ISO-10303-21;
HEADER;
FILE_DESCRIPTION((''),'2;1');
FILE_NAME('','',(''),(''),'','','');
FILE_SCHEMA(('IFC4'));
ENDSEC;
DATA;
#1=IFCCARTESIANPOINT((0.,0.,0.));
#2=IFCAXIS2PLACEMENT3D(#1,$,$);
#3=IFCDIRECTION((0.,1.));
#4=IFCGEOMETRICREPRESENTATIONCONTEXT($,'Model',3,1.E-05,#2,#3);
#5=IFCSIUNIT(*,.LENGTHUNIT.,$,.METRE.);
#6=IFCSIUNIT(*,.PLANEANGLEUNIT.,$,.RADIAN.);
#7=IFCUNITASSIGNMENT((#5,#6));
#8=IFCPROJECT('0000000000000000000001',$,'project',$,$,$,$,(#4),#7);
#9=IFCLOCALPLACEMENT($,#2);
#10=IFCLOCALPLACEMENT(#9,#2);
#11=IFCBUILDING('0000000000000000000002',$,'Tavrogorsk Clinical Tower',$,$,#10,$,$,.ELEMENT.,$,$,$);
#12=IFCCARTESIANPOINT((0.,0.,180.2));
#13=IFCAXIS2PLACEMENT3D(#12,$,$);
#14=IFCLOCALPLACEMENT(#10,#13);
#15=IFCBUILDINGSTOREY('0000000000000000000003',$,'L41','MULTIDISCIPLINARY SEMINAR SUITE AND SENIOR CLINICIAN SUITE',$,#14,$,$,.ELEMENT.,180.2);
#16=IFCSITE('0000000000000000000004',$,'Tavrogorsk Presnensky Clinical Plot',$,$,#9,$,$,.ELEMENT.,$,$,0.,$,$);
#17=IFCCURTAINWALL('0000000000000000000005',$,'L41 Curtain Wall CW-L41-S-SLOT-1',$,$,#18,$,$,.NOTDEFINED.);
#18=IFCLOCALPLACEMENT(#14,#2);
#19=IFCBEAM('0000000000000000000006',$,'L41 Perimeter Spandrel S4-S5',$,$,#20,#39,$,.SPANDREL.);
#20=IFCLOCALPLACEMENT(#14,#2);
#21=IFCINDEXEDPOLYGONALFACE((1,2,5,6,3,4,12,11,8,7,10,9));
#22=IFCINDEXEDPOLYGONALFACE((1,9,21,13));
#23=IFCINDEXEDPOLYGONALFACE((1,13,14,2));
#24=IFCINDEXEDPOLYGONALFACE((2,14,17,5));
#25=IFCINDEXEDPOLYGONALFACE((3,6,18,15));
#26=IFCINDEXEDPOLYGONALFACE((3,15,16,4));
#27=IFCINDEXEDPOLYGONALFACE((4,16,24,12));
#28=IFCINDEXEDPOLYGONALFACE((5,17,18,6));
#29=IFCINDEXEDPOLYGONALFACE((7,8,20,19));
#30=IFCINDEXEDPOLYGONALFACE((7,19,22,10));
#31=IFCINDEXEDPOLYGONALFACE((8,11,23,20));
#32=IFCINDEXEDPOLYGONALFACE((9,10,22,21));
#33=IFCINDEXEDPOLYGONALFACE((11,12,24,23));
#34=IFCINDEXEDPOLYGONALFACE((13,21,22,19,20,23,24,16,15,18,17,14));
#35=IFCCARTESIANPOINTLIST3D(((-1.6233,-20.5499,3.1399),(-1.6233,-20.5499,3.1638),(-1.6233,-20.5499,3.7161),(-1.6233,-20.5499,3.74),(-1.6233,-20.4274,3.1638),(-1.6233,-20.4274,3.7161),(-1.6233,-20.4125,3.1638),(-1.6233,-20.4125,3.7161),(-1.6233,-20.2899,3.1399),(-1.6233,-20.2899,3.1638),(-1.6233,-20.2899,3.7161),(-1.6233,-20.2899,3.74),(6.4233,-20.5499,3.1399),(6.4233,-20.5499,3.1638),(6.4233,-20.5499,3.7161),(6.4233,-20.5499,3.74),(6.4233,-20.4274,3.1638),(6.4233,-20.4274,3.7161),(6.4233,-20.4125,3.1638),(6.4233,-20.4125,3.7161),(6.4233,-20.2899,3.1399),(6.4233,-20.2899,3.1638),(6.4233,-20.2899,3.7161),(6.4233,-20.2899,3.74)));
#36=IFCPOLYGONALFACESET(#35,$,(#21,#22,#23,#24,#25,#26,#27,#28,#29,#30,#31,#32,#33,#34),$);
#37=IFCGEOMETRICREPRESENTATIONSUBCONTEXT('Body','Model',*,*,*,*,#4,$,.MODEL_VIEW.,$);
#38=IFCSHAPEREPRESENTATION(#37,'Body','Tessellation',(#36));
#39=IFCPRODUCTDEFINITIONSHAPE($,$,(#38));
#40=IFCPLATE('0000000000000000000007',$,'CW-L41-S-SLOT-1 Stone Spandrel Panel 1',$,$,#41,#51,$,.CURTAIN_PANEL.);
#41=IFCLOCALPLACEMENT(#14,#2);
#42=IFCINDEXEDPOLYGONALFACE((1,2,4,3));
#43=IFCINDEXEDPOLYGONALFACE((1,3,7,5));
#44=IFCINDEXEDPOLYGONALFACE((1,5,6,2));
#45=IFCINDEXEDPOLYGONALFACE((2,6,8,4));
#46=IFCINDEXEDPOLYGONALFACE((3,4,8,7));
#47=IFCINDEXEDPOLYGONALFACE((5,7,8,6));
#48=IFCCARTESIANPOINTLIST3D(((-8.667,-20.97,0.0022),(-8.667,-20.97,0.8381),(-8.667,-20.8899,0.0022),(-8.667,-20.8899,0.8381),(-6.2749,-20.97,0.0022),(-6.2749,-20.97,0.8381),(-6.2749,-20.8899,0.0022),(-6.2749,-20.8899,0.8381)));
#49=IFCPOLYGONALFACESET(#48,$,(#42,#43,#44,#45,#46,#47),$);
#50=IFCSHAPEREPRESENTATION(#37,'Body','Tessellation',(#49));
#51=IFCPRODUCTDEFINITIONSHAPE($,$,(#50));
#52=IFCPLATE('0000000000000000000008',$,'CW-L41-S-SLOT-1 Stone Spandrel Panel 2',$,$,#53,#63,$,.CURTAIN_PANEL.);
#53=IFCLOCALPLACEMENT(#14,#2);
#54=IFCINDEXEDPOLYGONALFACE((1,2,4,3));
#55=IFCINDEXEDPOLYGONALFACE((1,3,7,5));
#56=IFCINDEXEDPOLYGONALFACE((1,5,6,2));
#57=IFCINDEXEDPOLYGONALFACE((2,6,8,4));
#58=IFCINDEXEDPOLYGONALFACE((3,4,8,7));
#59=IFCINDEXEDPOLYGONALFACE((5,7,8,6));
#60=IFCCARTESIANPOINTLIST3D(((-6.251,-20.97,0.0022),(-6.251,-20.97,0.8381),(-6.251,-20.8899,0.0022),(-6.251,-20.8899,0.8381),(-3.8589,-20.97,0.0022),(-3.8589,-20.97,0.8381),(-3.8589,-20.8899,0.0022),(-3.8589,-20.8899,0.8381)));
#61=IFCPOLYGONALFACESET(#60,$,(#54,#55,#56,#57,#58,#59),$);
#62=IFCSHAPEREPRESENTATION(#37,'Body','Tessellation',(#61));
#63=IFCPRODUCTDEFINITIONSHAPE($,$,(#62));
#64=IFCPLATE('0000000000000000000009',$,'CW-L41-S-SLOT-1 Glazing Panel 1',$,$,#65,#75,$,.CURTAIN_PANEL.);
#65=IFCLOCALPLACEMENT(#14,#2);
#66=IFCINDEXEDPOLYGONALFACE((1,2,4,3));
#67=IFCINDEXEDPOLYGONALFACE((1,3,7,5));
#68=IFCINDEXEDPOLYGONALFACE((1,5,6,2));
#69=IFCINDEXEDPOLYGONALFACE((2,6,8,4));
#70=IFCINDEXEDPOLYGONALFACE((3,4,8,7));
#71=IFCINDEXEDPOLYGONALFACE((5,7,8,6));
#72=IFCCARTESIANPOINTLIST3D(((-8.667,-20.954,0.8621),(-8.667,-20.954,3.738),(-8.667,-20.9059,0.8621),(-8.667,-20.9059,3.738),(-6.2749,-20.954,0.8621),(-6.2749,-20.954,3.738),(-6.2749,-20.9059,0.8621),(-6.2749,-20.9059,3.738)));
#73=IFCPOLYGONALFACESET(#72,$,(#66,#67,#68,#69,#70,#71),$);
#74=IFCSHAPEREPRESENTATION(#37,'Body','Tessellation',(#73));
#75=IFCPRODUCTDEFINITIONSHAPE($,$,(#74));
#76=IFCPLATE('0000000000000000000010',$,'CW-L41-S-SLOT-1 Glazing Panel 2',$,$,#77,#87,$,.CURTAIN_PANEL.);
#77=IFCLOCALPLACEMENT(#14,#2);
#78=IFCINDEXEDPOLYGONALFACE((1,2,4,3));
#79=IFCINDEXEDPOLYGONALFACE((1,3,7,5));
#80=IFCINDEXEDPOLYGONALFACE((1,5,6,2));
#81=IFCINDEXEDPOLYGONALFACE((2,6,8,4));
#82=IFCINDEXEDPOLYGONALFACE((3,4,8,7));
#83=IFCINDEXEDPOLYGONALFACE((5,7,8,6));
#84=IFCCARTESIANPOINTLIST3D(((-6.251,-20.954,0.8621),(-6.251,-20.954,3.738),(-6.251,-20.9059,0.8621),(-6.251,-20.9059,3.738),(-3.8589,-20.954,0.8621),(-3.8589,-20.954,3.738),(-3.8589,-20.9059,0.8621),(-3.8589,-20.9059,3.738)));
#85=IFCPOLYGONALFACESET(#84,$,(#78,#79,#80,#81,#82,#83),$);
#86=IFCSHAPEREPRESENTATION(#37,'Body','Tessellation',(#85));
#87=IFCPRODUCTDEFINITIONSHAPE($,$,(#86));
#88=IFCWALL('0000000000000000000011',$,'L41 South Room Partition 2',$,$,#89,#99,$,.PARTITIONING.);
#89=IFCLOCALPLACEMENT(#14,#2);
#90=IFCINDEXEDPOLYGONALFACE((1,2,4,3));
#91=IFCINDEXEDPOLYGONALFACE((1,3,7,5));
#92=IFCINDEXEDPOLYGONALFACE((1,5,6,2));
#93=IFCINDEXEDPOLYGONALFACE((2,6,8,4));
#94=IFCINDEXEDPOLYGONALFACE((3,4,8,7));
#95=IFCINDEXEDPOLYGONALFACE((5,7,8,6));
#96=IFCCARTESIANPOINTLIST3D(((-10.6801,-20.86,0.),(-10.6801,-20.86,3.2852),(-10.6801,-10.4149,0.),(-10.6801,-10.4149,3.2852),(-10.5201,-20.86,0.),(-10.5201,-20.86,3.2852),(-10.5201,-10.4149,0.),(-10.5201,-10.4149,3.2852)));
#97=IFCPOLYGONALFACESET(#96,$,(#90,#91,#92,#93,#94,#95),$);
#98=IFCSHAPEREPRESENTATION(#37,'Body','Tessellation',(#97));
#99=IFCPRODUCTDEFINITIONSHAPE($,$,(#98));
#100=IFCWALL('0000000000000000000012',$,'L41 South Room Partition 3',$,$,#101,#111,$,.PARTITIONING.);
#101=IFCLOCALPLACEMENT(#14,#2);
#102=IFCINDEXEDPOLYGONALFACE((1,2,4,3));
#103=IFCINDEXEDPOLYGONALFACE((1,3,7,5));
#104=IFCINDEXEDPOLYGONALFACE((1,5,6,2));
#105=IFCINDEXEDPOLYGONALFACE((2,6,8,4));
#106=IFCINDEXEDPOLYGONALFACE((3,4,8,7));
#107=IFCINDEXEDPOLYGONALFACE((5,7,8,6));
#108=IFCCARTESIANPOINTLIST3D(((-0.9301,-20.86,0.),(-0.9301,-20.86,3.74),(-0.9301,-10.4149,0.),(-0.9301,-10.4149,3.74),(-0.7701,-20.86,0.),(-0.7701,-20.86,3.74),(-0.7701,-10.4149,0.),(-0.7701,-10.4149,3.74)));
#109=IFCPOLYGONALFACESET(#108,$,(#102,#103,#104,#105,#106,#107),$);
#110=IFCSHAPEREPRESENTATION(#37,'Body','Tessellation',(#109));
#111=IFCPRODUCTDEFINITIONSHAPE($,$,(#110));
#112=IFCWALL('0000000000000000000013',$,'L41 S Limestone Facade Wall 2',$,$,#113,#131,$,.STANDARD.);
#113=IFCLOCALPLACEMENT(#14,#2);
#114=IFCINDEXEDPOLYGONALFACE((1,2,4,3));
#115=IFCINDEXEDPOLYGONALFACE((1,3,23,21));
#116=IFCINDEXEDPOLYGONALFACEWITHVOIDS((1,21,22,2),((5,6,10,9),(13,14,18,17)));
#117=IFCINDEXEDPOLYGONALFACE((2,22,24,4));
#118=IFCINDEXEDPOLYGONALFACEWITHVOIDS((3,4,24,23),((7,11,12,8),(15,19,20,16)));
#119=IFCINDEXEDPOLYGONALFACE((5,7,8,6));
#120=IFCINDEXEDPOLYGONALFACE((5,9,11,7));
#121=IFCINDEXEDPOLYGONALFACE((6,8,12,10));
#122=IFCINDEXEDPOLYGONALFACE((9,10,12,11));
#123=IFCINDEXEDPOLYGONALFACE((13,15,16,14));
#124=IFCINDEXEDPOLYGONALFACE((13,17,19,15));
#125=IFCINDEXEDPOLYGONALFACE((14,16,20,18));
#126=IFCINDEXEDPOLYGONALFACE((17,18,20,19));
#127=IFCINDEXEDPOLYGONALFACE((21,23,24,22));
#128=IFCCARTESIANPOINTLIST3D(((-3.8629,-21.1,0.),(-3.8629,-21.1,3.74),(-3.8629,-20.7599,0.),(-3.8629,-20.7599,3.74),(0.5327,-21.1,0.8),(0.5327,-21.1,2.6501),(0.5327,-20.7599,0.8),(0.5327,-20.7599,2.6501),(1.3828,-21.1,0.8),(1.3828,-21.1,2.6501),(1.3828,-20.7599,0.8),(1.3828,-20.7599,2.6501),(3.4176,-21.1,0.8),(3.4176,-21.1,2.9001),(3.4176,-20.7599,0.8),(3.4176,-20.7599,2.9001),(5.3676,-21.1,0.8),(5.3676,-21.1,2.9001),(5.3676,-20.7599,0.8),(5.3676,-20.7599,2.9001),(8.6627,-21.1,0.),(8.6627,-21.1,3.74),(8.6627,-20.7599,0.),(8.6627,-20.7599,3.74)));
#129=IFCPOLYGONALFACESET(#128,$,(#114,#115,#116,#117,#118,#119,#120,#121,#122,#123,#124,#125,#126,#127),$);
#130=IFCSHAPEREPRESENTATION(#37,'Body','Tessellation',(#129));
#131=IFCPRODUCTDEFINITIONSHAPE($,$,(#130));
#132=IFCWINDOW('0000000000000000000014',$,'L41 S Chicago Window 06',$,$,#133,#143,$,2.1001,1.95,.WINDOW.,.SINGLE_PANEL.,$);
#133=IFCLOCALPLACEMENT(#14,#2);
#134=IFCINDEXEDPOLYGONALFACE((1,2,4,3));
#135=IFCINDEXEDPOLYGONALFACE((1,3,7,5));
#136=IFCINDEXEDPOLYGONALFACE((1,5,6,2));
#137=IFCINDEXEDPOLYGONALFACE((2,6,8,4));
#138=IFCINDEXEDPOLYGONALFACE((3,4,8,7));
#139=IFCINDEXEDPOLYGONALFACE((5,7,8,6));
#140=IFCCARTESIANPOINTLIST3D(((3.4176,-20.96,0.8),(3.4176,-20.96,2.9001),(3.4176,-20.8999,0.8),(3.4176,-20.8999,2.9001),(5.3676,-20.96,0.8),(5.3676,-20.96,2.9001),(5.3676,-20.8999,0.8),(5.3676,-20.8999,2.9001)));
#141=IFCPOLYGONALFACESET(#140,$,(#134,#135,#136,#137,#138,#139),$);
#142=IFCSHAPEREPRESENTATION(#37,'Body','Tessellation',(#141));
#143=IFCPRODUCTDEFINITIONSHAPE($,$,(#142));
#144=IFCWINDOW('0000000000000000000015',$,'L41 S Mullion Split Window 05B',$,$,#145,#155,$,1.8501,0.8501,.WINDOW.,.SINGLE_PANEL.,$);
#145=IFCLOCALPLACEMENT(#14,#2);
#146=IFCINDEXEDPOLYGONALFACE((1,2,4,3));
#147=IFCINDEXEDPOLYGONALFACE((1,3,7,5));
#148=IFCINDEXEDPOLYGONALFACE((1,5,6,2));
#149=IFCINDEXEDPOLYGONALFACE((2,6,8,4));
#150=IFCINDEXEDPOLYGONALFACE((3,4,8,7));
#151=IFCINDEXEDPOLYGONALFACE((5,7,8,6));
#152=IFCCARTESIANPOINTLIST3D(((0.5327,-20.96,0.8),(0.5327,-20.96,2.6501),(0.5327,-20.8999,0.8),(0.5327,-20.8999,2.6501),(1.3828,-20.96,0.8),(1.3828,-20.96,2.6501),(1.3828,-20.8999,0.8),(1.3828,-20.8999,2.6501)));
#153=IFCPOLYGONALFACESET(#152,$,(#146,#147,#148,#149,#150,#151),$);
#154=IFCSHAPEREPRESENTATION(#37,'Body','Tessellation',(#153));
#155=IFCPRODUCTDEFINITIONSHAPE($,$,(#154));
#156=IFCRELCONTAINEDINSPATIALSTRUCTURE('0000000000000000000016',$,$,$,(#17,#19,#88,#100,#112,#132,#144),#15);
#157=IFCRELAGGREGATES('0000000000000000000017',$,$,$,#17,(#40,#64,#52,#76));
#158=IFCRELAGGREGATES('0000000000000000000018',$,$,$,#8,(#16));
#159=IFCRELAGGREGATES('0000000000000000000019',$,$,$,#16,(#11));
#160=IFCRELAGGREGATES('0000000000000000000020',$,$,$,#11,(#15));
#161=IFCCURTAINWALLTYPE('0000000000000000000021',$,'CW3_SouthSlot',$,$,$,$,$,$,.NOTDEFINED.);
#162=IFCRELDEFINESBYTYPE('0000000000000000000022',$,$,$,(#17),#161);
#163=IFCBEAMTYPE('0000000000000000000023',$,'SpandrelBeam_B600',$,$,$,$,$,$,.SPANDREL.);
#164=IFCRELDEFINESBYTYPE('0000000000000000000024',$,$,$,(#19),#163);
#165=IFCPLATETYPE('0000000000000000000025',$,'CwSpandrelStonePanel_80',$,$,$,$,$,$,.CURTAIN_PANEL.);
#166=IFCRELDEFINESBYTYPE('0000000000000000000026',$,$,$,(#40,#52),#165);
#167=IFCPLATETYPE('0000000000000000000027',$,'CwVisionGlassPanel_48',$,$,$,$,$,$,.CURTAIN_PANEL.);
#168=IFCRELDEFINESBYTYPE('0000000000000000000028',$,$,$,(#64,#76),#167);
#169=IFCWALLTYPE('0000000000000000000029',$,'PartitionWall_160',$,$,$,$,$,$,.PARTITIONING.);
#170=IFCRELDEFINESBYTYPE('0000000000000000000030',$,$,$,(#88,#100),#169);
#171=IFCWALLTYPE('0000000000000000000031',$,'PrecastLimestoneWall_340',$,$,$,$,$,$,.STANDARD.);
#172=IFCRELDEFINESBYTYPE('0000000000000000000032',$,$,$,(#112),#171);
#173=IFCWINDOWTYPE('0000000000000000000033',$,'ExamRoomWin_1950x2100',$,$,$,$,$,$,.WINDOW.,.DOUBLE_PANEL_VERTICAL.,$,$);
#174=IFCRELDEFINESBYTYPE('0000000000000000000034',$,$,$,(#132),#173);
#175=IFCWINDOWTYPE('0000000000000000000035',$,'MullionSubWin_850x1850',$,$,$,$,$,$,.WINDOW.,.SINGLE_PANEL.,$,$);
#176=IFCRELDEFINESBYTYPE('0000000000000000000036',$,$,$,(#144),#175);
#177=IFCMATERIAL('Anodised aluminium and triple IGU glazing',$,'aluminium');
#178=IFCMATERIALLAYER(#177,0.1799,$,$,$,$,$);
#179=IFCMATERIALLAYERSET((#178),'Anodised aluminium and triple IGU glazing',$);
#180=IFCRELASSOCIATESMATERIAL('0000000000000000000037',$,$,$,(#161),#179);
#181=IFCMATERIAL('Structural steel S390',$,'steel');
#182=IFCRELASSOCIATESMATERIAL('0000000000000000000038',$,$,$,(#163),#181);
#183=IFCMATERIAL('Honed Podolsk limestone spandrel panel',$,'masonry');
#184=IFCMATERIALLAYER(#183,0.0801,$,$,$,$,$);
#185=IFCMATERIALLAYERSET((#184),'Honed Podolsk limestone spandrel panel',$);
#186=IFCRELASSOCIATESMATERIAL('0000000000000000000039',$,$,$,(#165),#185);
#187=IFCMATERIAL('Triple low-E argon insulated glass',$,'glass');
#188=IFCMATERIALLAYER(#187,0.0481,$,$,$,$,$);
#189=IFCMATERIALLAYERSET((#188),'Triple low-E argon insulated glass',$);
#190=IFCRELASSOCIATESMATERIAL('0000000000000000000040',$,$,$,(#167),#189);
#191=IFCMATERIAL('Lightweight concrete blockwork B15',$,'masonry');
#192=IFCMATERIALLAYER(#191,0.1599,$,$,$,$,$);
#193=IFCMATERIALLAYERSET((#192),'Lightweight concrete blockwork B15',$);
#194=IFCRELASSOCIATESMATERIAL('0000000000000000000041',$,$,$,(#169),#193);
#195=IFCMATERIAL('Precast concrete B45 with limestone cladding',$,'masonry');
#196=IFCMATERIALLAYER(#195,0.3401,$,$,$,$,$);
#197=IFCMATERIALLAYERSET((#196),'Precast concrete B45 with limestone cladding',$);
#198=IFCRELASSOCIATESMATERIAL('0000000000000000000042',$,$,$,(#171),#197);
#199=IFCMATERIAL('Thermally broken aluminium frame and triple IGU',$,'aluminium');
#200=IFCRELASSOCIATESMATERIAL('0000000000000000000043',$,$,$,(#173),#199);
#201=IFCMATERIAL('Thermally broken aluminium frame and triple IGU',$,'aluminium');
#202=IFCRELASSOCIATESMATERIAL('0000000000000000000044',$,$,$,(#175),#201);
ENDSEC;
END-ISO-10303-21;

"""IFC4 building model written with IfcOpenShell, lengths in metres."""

from ifc_helpers import new_model, si_unit, direction, frame, frame_2d, origin, origin_2d, place, context, subcontext, project, spatial, rectangle, i_section, extrude, material, layer, layer_set, material_profile, profile_set, type_object, element, fill, aggregate, save


model = new_model("IFC4")

# Units and contexts
model_context = context("Model", 3, precision=1e-05, world=origin(), true_north=direction((0.0, 1.0)))
body_context = subcontext(model_context, "Body", "Model", "MODEL_VIEW")
ifc_project = project(units=[si_unit("LENGTHUNIT", "METRE"), si_unit("PLANEANGLEUNIT", "RADIAN")], contexts=[model_context])

# Site, building, storey
site_placement = place(None, origin())
site = spatial("IfcSite", under=ifc_project, at=site_placement, Name="Tavrogorsk Presnensky Clinical Plot", CompositionType="ELEMENT", RefElevation=0.0)
building_placement = place(site_placement, origin())
building = spatial("IfcBuilding", under=site, at=building_placement, Name="Tavrogorsk Clinical Tower", CompositionType="ELEMENT")
storey_placement = place(building_placement, frame((0.0, 0.0, 180.2)))
storey = spatial("IfcBuildingStorey", under=building, at=storey_placement, Name="L41", Description="MULTIDISCIPLINARY SEMINAR SUITE AND SENIOR CLINICIAN SUITE", CompositionType="ELEMENT", Elevation=180.2)

# Curtain wall
ifc_material_1 = material(Name="Anodised aluminium and triple IGU glazing", Category="aluminium")
ifc_layer_1 = layer(ifc_material_1, 0.1799)
ifc_layer_set_1 = layer_set([ifc_layer_1], Name="Anodised aluminium and triple IGU glazing")
curtain_wall_type = type_object("IfcCurtainWallType", Name="CW3_SouthSlot", PredefinedType="NOTDEFINED", material=ifc_layer_set_1)
curtain_wall_placement = place(storey_placement, origin())
curtain_wall = element("IfcCurtainWall", 1, at=curtain_wall_placement, inside=storey, type_object=curtain_wall_type, Name="L41 Curtain Wall CW-L41-S-SLOT-1", PredefinedType="NOTDEFINED")

# Beam
ifc_material_2 = material(Name="Structural steel S390", Category="steel")
ifc_material_profile_1 = material_profile(ifc_material_2, i_section(OverallWidth=0.26, OverallDepth=0.6001, WebThickness=0.0149, FlangeThickness=0.0239, at=origin_2d()), Name="B-600x260x15x24")
ifc_profile_set_1 = profile_set([ifc_material_profile_1], Name="Structural steel S390")
beam_type = type_object("IfcBeamType", Name="SpandrelBeam_B600", PredefinedType="SPANDREL", material=ifc_profile_set_1)
beam_1_placement = place(storey_placement, frame((-1.6233, -20.4199, 3.4399), z_axis=(1.0, 0.0, 0.0), x_axis=(0.0, 1.0, 0.0)))
element("IfcBeam", 2, at=beam_1_placement, inside=storey, type_object=beam_type, Name="L41 Perimeter Spandrel S4-S5", PredefinedType="SPANDREL", context=body_context, shape_type="SweptSolid", body=[
    extrude(i_section(OverallWidth=0.26, OverallDepth=0.6001, WebThickness=0.0149, FlangeThickness=0.0239, at=origin_2d()), origin(), (0.0, 0.0, 1.0), 8.0466),
])

# Plates
ifc_material_3 = material(Name="Honed Podolsk limestone spandrel panel", Category="masonry")
ifc_layer_2 = layer(ifc_material_3, 0.0801)
ifc_layer_set_2 = layer_set([ifc_layer_2], Name="Honed Podolsk limestone spandrel panel")
plate_type_1 = type_object("IfcPlateType", Name="CwSpandrelStonePanel_80", PredefinedType="CURTAIN_PANEL", material=ifc_layer_set_2)
plate_1_placement = place(storey_placement, frame((-7.4709, -20.9299, 0.0022), z_axis=(0.0, 0.0, 1.0), x_axis=(1.0, 0.0, 0.0)))
plate_1 = element("IfcPlate", 3, at=plate_1_placement, type_object=plate_type_1, Name="CW-L41-S-SLOT-1 Stone Spandrel Panel 1", PredefinedType="CURTAIN_PANEL", context=body_context, shape_type="SweptSolid", body=[
    extrude(rectangle(XDim=2.3921, YDim=0.0801, at=origin_2d()), origin(), (0.0, 0.0, 1.0), 0.8359),
])
plate_2_placement = place(storey_placement, frame((-5.0549, -20.9299, 0.0022), z_axis=(0.0, 0.0, 1.0), x_axis=(1.0, 0.0, 0.0)))
plate_2 = element("IfcPlate", 4, at=plate_2_placement, type_object=plate_type_1, Name="CW-L41-S-SLOT-1 Stone Spandrel Panel 2", PredefinedType="CURTAIN_PANEL", context=body_context, shape_type="SweptSolid", body=[
    extrude(rectangle(XDim=2.3921, YDim=0.0801, at=origin_2d()), origin(), (0.0, 0.0, 1.0), 0.8359),
])
ifc_material_4 = material(Name="Triple low-E argon insulated glass", Category="glass")
ifc_layer_3 = layer(ifc_material_4, 0.0481)
ifc_layer_set_3 = layer_set([ifc_layer_3], Name="Triple low-E argon insulated glass")
plate_type_2 = type_object("IfcPlateType", Name="CwVisionGlassPanel_48", PredefinedType="CURTAIN_PANEL", material=ifc_layer_set_3)
plate_3_placement = place(storey_placement, frame((-7.4709, -20.9299, 0.8621), z_axis=(0.0, 0.0, 1.0), x_axis=(1.0, 0.0, 0.0)))
plate_3 = element("IfcPlate", 5, at=plate_3_placement, type_object=plate_type_2, Name="CW-L41-S-SLOT-1 Glazing Panel 1", PredefinedType="CURTAIN_PANEL", context=body_context, shape_type="SweptSolid", body=[
    extrude(rectangle(XDim=2.3921, YDim=0.0481, at=origin_2d()), origin(), (0.0, 0.0, 1.0), 2.876),
])
plate_4_placement = place(storey_placement, frame((-5.0549, -20.9299, 0.8621), z_axis=(0.0, 0.0, 1.0), x_axis=(1.0, 0.0, 0.0)))
plate_4 = element("IfcPlate", 6, at=plate_4_placement, type_object=plate_type_2, Name="CW-L41-S-SLOT-1 Glazing Panel 2", PredefinedType="CURTAIN_PANEL", context=body_context, shape_type="SweptSolid", body=[
    extrude(rectangle(XDim=2.3921, YDim=0.0481, at=origin_2d()), origin(), (0.0, 0.0, 1.0), 2.876),
])
aggregate(curtain_wall, [plate_1, plate_3, plate_2, plate_4])

# Walls
ifc_material_5 = material(Name="Lightweight concrete blockwork B15", Category="masonry")
ifc_layer_4 = layer(ifc_material_5, 0.1599)
ifc_layer_set_4 = layer_set([ifc_layer_4], Name="Lightweight concrete blockwork B15")
wall_type_1 = type_object("IfcWallType", Name="PartitionWall_160", PredefinedType="PARTITIONING", material=ifc_layer_set_4)
wall_1_placement = place(storey_placement, frame((-10.6001, -20.8601, 0.0), z_axis=(0.0, 0.0, 1.0), x_axis=(0.0, 1.0, 0.0)))
element("IfcWall", 7, at=wall_1_placement, inside=storey, type_object=wall_type_1, Name="L41 South Room Partition 2", PredefinedType="PARTITIONING", context=body_context, shape_type="SweptSolid", body=[
    extrude(rectangle(XDim=10.4451, YDim=0.1599, at=frame_2d((5.2227, 0.0))), origin(), (0.0, 0.0, 1.0), 3.2852),
])
wall_2_placement = place(storey_placement, frame((-0.8501, -20.8601, 0.0), z_axis=(0.0, 0.0, 1.0), x_axis=(0.0, 1.0, 0.0)))
element("IfcWall", 8, at=wall_2_placement, inside=storey, type_object=wall_type_1, Name="L41 South Room Partition 3", PredefinedType="PARTITIONING", context=body_context, shape_type="SweptSolid", body=[
    extrude(rectangle(XDim=10.4451, YDim=0.1599, at=frame_2d((5.2227, 0.0))), origin(), (0.0, 0.0, 1.0), 3.74),
])

# Wall, openings, windows
ifc_material_6 = material(Name="Precast concrete B45 with limestone cladding", Category="masonry")
ifc_layer_5 = layer(ifc_material_6, 0.3401)
ifc_layer_set_5 = layer_set([ifc_layer_5], Name="Precast concrete B45 with limestone cladding")
wall_type_2 = type_object("IfcWallType", Name="PrecastLimestoneWall_340", PredefinedType="STANDARD", material=ifc_layer_set_5)
wall_3_placement = place(storey_placement, frame((-3.8628, -20.9299, 0.0), z_axis=(0.0, 0.0, 1.0), x_axis=(1.0, 0.0, 0.0)))
wall_3 = element("IfcWall", 9, at=wall_3_placement, inside=storey, type_object=wall_type_2, Name="L41 S Limestone Facade Wall 2", PredefinedType="STANDARD", context=body_context, shape_type="SweptSolid", body=[
    extrude(rectangle(XDim=12.5256, YDim=0.3401, at=frame_2d((6.2627, 0.0))), origin(), (0.0, 0.0, 1.0), 3.74),
])
opening_1_placement = place(wall_3_placement, frame((4.3955, 0.0, 0.8)))
opening_1 = element("IfcOpeningElement", 10, at=opening_1_placement, cuts=wall_3, PredefinedType="OPENING", context=body_context, shape_type="SweptSolid", body=[
    extrude(rectangle(XDim=0.8501, YDim=1.8501, at=frame_2d((0.425, 0.925))), frame((0.0, 0.1799, 0.0), z_axis=(0.0, -1.0, 0.0), x_axis=(1.0, 0.0, 0.0)), (0.0, 0.0, 1.0), 0.3601),
])
opening_2_placement = place(wall_3_placement, frame((7.2803, 0.0, 0.8)))
opening_2 = element("IfcOpeningElement", 11, at=opening_2_placement, cuts=wall_3, PredefinedType="OPENING", context=body_context, shape_type="SweptSolid", body=[
    extrude(rectangle(XDim=1.95, YDim=2.1001, at=frame_2d((0.9751, 1.05))), frame((0.0, 0.1799, 0.0), z_axis=(0.0, -1.0, 0.0), x_axis=(1.0, 0.0, 0.0)), (0.0, 0.0, 1.0), 0.3601),
])
ifc_material_7 = material(Name="Thermally broken aluminium frame and triple IGU", Category="aluminium")
window_type_1 = type_object("IfcWindowType", Name="ExamRoomWin_1950x2100", PartitioningType="DOUBLE_PANEL_VERTICAL", PredefinedType="WINDOW", material=ifc_material_7)
window_1_placement = place(opening_2_placement, origin())
window_1 = element("IfcWindow", 12, at=window_1_placement, inside=storey, type_object=window_type_1, Name="L41 S Chicago Window 06", OverallHeight=2.1001, OverallWidth=1.95, PartitioningType="SINGLE_PANEL", PredefinedType="WINDOW", context=body_context, shape_type="SweptSolid", body=[
    extrude(rectangle(XDim=1.95, YDim=2.1001, at=frame_2d((0.9751, 1.05))), frame((0.0, 0.03, 0.0), z_axis=(0.0, -1.0, 0.0), x_axis=(1.0, 0.0, 0.0)), (0.0, 0.0, 1.0), 0.0601),
])
fill(opening_2, window_1)
ifc_material_8 = material(Name="Thermally broken aluminium frame and triple IGU", Category="aluminium")
window_type_2 = type_object("IfcWindowType", Name="MullionSubWin_850x1850", PartitioningType="SINGLE_PANEL", PredefinedType="WINDOW", material=ifc_material_8)
window_2_placement = place(opening_1_placement, origin())
window_2 = element("IfcWindow", 13, at=window_2_placement, inside=storey, type_object=window_type_2, Name="L41 S Mullion Split Window 05B", OverallHeight=1.8501, OverallWidth=0.8501, PartitioningType="SINGLE_PANEL", PredefinedType="WINDOW", context=body_context, shape_type="SweptSolid", body=[
    extrude(rectangle(XDim=0.8501, YDim=1.8501, at=frame_2d((0.425, 0.925))), frame((0.0, 0.03, 0.0), z_axis=(0.0, -1.0, 0.0), x_axis=(1.0, 0.0, 0.0)), (0.0, 0.0, 1.0), 0.0601),
])
fill(opening_1, window_2)

save(model, "model.ifc")
